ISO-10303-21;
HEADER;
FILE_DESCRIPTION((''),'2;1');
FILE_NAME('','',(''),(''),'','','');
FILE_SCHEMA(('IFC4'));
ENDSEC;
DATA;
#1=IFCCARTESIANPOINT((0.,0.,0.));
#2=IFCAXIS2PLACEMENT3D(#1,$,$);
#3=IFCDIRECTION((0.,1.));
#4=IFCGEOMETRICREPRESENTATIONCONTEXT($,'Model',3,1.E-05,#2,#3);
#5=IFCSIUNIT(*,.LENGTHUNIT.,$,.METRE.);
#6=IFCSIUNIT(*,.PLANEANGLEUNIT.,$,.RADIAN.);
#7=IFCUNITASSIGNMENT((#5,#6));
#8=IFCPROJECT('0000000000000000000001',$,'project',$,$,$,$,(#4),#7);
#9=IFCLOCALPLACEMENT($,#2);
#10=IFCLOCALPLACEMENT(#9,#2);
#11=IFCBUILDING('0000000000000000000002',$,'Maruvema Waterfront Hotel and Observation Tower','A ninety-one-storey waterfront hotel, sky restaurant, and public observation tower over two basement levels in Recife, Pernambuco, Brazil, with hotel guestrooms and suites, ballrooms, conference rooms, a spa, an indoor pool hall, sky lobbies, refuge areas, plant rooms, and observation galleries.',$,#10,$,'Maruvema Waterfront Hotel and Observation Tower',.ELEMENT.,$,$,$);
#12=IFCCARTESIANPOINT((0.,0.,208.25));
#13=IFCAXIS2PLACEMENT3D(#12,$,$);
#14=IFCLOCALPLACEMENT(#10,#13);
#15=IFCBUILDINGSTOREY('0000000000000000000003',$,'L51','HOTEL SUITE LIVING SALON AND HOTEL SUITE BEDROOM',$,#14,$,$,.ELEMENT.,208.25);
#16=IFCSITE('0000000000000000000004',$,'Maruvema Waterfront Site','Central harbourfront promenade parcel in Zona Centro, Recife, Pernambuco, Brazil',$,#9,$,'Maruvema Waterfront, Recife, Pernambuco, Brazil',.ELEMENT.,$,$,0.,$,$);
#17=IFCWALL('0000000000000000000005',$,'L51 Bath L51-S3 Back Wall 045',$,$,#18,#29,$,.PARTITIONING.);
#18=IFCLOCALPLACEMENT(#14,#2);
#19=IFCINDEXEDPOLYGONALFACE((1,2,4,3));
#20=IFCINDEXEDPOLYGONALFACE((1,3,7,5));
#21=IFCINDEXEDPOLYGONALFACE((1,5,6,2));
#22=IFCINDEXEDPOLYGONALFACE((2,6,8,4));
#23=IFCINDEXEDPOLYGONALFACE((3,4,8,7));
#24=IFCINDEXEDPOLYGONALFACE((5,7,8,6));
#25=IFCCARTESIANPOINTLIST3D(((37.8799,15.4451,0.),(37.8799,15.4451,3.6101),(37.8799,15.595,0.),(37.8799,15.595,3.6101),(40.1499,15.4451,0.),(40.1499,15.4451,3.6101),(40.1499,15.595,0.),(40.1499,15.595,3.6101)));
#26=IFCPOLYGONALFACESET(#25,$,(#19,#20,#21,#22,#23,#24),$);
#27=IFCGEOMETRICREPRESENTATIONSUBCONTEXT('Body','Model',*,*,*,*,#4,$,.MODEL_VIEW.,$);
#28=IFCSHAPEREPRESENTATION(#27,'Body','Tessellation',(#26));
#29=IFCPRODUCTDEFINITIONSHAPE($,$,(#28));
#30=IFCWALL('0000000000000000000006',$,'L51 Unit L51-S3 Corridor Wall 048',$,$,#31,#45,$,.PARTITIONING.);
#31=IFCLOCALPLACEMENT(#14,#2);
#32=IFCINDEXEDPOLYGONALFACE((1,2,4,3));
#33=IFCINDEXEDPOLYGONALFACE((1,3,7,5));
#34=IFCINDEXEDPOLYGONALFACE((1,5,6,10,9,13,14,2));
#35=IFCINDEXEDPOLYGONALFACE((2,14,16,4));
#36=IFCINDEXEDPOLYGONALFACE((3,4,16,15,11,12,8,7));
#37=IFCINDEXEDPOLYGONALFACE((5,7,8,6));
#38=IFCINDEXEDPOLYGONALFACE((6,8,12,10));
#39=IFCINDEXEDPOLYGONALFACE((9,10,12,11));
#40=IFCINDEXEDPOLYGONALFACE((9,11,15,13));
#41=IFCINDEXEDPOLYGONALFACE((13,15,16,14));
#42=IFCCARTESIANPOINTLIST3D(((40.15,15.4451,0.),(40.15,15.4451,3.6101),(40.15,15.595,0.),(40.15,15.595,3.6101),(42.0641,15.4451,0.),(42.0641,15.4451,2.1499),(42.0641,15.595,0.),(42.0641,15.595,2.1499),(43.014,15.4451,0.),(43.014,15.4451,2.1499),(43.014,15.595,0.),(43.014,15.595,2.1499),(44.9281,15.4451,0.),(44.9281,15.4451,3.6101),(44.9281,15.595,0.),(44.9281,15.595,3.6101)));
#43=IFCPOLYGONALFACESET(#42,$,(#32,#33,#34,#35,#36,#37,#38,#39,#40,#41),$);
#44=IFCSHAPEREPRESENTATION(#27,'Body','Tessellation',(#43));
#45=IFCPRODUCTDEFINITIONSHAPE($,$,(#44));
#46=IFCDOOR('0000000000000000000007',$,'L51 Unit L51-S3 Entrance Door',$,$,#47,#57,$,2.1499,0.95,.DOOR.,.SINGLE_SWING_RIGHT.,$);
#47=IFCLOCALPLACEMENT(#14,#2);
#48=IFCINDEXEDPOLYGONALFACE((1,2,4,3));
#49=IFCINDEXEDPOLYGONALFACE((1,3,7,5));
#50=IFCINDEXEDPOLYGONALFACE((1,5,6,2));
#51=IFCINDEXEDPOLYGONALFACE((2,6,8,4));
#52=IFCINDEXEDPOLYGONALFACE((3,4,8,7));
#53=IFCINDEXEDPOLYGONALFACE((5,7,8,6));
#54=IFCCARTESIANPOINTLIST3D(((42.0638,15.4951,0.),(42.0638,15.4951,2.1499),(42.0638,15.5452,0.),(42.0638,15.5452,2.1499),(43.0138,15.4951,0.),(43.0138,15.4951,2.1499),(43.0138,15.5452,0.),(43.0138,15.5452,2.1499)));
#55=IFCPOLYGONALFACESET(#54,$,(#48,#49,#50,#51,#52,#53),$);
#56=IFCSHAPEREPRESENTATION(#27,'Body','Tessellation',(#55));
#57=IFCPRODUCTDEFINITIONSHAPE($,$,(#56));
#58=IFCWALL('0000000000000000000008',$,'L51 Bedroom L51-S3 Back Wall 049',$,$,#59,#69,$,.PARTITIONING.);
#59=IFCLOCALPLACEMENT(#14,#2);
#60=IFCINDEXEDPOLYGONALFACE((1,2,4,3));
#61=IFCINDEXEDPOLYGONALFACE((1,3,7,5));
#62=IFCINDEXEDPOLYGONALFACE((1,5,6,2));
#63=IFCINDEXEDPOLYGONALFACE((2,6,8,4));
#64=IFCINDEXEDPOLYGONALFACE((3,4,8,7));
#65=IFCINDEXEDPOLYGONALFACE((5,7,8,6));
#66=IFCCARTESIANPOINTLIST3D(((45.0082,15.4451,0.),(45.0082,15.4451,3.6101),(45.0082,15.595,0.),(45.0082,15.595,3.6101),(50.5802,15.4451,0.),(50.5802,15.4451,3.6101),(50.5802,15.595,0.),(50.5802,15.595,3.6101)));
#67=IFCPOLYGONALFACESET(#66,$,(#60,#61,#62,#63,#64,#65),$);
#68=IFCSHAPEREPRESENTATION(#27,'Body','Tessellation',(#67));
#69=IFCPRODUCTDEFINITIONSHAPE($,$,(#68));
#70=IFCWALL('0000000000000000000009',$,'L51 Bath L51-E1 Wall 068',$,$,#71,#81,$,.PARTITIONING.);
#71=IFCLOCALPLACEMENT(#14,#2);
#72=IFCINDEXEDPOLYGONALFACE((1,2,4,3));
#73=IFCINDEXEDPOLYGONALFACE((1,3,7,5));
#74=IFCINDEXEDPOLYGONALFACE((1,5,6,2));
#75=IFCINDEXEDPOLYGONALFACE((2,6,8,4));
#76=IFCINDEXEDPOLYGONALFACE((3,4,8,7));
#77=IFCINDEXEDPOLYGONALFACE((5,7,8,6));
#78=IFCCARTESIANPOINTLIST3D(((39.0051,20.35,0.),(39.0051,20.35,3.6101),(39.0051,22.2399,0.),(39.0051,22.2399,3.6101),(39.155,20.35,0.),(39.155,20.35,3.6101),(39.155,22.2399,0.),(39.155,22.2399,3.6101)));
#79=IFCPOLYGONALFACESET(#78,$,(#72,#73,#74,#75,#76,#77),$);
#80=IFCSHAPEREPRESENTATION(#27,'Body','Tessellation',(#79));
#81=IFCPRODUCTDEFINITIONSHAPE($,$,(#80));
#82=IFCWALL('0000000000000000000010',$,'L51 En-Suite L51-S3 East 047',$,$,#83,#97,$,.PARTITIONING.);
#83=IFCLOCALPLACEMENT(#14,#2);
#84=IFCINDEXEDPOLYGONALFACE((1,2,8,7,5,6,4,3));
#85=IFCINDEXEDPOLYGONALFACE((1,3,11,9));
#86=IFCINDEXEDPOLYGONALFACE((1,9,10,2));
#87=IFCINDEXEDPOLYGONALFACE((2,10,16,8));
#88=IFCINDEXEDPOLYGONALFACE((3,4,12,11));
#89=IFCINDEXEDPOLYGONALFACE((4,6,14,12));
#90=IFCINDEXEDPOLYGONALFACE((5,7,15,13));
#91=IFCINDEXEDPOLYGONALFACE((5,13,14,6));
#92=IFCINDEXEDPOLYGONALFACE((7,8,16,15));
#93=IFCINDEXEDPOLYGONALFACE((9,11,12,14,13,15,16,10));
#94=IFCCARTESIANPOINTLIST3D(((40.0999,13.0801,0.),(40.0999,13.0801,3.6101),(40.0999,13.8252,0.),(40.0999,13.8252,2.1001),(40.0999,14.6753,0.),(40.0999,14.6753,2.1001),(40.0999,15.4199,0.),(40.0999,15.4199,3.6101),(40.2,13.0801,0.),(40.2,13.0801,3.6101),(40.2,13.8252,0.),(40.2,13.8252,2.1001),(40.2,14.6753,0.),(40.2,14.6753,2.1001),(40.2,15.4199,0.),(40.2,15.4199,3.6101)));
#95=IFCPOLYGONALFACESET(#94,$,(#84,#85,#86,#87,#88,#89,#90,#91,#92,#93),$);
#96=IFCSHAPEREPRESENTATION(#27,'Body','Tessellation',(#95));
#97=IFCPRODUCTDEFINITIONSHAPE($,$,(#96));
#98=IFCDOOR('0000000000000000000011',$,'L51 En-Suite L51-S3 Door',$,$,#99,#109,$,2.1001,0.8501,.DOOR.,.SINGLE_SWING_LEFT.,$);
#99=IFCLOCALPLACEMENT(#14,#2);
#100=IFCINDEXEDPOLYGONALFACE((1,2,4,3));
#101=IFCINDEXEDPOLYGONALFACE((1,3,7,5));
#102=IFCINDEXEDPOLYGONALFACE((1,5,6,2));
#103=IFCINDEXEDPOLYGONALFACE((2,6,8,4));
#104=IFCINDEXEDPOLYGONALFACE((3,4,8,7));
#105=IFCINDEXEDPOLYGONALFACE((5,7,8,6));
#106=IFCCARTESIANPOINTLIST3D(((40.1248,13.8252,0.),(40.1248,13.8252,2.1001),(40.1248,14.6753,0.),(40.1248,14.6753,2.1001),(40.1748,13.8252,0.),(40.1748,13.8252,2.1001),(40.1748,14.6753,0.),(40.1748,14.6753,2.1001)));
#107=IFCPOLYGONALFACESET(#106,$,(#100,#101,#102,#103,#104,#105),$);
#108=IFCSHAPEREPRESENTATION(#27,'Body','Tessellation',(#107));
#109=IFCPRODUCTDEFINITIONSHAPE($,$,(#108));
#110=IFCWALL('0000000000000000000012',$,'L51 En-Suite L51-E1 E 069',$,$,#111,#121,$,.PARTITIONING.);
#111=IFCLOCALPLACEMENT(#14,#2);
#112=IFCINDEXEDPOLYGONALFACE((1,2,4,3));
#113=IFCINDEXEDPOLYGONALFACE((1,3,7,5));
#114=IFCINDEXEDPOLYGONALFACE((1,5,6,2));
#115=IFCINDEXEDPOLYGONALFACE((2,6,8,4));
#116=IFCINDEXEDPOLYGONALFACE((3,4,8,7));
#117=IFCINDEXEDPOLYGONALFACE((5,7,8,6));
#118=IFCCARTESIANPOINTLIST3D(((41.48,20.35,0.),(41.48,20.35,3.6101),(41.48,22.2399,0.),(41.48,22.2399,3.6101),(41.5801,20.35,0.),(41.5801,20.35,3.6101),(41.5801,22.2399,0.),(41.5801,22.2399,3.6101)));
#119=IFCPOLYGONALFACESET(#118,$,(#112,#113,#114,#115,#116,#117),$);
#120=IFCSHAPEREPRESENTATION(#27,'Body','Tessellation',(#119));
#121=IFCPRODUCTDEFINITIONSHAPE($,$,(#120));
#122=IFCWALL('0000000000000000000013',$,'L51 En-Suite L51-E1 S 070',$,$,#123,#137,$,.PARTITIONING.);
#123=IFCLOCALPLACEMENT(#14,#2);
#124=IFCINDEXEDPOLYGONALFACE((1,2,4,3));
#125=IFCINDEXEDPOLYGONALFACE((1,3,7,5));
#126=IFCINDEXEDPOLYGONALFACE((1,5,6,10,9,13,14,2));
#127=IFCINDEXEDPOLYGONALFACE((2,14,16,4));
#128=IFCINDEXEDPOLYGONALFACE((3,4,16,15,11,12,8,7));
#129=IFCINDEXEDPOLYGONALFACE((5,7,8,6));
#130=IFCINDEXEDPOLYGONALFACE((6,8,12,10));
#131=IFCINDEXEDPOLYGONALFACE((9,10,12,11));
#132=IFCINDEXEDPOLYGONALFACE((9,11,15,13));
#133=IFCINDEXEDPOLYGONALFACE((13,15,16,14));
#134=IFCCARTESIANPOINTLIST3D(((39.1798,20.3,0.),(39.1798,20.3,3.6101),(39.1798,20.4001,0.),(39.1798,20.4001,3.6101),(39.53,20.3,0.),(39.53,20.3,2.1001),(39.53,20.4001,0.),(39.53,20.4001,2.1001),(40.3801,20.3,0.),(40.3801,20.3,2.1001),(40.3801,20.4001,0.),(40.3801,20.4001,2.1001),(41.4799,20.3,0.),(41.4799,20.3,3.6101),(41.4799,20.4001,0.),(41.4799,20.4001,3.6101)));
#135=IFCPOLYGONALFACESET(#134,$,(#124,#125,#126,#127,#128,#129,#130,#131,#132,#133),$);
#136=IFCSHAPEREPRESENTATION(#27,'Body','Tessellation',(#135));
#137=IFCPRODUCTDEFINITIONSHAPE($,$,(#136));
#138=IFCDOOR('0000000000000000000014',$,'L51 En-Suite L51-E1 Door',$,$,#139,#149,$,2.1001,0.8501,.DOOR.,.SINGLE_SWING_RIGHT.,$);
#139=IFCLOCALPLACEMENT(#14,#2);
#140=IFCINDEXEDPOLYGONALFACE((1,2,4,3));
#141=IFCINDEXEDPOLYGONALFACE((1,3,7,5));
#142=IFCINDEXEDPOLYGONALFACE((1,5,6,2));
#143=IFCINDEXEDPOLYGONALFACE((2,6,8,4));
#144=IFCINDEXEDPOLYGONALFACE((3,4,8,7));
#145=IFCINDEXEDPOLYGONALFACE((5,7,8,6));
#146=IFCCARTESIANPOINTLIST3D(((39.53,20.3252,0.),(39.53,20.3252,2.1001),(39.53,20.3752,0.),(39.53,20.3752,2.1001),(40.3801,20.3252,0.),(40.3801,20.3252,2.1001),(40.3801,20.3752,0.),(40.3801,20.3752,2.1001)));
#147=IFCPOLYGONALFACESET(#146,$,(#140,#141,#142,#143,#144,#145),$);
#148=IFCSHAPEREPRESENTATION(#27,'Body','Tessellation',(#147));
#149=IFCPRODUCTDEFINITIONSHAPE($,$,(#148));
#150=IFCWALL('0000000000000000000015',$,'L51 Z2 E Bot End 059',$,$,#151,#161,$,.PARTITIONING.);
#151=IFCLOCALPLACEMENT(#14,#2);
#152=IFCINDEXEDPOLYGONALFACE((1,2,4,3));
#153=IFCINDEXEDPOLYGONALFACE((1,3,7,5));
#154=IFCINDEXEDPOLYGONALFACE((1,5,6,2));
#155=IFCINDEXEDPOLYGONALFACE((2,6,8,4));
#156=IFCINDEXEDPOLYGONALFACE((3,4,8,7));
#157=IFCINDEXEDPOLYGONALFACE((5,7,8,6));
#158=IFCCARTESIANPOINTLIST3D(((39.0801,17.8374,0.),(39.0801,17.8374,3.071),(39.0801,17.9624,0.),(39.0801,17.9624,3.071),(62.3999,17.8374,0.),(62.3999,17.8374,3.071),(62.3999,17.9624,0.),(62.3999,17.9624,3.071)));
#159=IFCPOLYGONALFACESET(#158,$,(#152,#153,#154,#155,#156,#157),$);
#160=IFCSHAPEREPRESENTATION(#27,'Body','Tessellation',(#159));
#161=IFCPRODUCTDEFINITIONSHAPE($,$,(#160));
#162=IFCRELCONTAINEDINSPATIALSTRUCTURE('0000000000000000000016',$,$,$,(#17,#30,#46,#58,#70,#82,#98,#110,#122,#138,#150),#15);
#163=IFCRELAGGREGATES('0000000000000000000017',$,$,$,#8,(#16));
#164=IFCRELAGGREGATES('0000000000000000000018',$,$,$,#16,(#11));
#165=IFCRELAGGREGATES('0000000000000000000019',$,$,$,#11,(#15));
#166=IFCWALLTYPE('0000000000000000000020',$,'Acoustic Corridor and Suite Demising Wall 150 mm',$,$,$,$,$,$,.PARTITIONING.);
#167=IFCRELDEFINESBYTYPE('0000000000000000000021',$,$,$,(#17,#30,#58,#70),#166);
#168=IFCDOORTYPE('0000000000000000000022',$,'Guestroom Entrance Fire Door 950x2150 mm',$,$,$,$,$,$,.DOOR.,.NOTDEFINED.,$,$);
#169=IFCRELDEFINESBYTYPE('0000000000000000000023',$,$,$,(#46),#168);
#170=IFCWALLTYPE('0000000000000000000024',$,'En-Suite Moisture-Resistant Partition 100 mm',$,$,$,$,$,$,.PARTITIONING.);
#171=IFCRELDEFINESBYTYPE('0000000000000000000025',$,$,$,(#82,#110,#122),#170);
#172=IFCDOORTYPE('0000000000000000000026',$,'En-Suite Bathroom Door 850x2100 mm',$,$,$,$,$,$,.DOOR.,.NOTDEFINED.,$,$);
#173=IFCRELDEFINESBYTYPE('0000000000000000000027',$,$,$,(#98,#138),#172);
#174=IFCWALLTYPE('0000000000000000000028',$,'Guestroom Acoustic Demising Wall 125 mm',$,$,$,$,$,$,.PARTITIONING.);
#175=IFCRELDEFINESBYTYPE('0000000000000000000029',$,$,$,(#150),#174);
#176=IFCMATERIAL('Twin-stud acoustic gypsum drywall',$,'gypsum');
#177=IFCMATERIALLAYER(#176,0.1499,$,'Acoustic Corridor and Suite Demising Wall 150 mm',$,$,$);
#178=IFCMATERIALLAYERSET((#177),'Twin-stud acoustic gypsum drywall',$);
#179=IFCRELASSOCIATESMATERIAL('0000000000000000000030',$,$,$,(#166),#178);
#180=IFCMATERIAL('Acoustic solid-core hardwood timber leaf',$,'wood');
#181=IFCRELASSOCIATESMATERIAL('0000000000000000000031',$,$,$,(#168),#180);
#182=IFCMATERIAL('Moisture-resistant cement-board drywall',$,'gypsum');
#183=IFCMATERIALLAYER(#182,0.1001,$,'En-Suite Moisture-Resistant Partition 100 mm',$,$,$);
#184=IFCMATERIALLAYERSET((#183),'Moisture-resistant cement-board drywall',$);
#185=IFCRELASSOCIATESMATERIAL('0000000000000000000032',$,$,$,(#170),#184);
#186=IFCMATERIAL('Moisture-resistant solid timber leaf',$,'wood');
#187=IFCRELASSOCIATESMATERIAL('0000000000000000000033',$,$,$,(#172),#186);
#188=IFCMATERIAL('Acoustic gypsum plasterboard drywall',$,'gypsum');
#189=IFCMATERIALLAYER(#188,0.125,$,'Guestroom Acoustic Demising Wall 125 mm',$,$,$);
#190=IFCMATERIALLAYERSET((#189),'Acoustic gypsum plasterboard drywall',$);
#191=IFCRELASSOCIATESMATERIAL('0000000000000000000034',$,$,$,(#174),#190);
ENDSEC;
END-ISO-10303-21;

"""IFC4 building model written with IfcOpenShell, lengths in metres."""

from ifc_helpers import new_model, si_unit, direction, frame, frame_2d, origin, place, context, subcontext, project, spatial, rectangle, extrude, material, layer, layer_set, type_object, element, fill, save


model = new_model("IFC4")

# Units and contexts
model_context = context("Model", 3, precision=1e-05, world=origin(), true_north=direction((0.0, 1.0)))
body_context = subcontext(model_context, "Body", "Model", "MODEL_VIEW")
ifc_project = project(units=[si_unit("LENGTHUNIT", "METRE"), si_unit("PLANEANGLEUNIT", "RADIAN")], contexts=[model_context])

# Site, building, storey
site_placement = place(None, origin())
site = spatial("IfcSite", under=ifc_project, at=site_placement, Name="Maruvema Waterfront Site", Description="Central harbourfront promenade parcel in Zona Centro, Recife, Pernambuco, Brazil", LongName="Maruvema Waterfront, Recife, Pernambuco, Brazil", CompositionType="ELEMENT", RefElevation=0.0)
building_placement = place(site_placement, origin())
building = spatial("IfcBuilding", under=site, at=building_placement, Name="Maruvema Waterfront Hotel and Observation Tower", Description="A ninety-one-storey waterfront hotel, sky restaurant, and public observation tower over two basement levels in Recife, Pernambuco, Brazil, with hotel guestrooms and suites, ballrooms, conference rooms, a spa, an indoor pool hall, sky lobbies, refuge areas, plant rooms, and observation galleries.", LongName="Maruvema Waterfront Hotel and Observation Tower", CompositionType="ELEMENT")
storey_placement = place(building_placement, frame((0.0, 0.0, 208.25)))
storey = spatial("IfcBuildingStorey", under=building, at=storey_placement, Name="L51", Description="HOTEL SUITE LIVING SALON AND HOTEL SUITE BEDROOM", CompositionType="ELEMENT", Elevation=208.25)

# Wall
ifc_material_1 = material(Name="Twin-stud acoustic gypsum drywall", Category="gypsum")
ifc_layer_1 = layer(ifc_material_1, 0.1499, Name="Acoustic Corridor and Suite Demising Wall 150 mm")
ifc_layer_set_1 = layer_set([ifc_layer_1], Name="Twin-stud acoustic gypsum drywall")
wall_type_1 = type_object("IfcWallType", Name="Acoustic Corridor and Suite Demising Wall 150 mm", PredefinedType="PARTITIONING", material=ifc_layer_set_1)
wall_1_placement = place(storey_placement, frame((37.8799, 15.52, 0.0), z_axis=(0.0, 0.0, 1.0), x_axis=(1.0, 0.0, 0.0)))
element("IfcWall", 1, at=wall_1_placement, inside=storey, type_object=wall_type_1, Name="L51 Bath L51-S3 Back Wall 045", PredefinedType="PARTITIONING", context=body_context, shape_type="SweptSolid", body=[
    extrude(rectangle(XDim=2.27, YDim=0.1499, at=frame_2d((1.135, 0.0))), origin(), (0.0, 0.0, 1.0), 3.6101),
])

# Wall, opening, door
wall_2_placement = place(storey_placement, frame((40.1499, 15.52, 0.0), z_axis=(0.0, 0.0, 1.0), x_axis=(1.0, 0.0, 0.0)))
wall_2 = element("IfcWall", 2, at=wall_2_placement, inside=storey, type_object=wall_type_1, Name="L51 Unit L51-S3 Corridor Wall 048", PredefinedType="PARTITIONING", context=body_context, shape_type="SweptSolid", body=[
    extrude(rectangle(XDim=4.7781, YDim=0.1499, at=frame_2d((2.3892, 0.0))), origin(), (0.0, 0.0, 1.0), 3.6101),
])
opening_1_placement = place(wall_2_placement, frame((1.9141, 0.0, 0.0)))
opening_1 = element("IfcOpeningElement", 3, at=opening_1_placement, cuts=wall_2, PredefinedType="OPENING", context=body_context, shape_type="SweptSolid", body=[
    extrude(rectangle(XDim=0.95, YDim=2.1499, at=frame_2d((0.4751, 1.075))), frame((0.0, 0.085, 0.0), z_axis=(0.0, -1.0, 0.0), x_axis=(1.0, 0.0, 0.0)), (0.0, 0.0, 1.0), 0.1699),
])
ifc_material_2 = material(Name="Acoustic solid-core hardwood timber leaf", Category="wood")
door_type_1 = type_object("IfcDoorType", Name="Guestroom Entrance Fire Door 950x2150 mm", OperationType="NOTDEFINED", PredefinedType="DOOR", material=ifc_material_2)
door_1_placement = place(opening_1_placement, frame((0.95, 0.0, 0.0), z_axis=(0.0, 0.0, 1.0), x_axis=(-1.0, 0.0, 0.0)))
door_1 = element("IfcDoor", 4, at=door_1_placement, inside=storey, type_object=door_type_1, Name="L51 Unit L51-S3 Entrance Door", OperationType="SINGLE_SWING_RIGHT", OverallHeight=2.1499, OverallWidth=0.95, PredefinedType="DOOR", context=body_context, shape_type="SweptSolid", body=[
    extrude(rectangle(XDim=0.95, YDim=2.1499, at=frame_2d((0.4751, 1.075))), frame((0.0, 0.0249, 0.0), z_axis=(0.0, -1.0, 0.0), x_axis=(1.0, 0.0, 0.0)), (0.0, 0.0, 1.0), 0.05),
])
fill(opening_1, door_1)

# Wall
wall_3_placement = place(storey_placement, frame((45.0081, 15.52, 0.0), z_axis=(0.0, 0.0, 1.0), x_axis=(1.0, 0.0, 0.0)))
element("IfcWall", 5, at=wall_3_placement, inside=storey, type_object=wall_type_1, Name="L51 Bedroom L51-S3 Back Wall 049", PredefinedType="PARTITIONING", context=body_context, shape_type="SweptSolid", body=[
    extrude(rectangle(XDim=5.572, YDim=0.1499, at=frame_2d((2.7861, 0.0))), origin(), (0.0, 0.0, 1.0), 3.6101),
])

# Wall
wall_4_placement = place(storey_placement, frame((39.0801, 20.3501, 0.0), z_axis=(0.0, 0.0, 1.0), x_axis=(0.0, 1.0, 0.0)))
element("IfcWall", 6, at=wall_4_placement, inside=storey, type_object=wall_type_1, Name="L51 Bath L51-E1 Wall 068", PredefinedType="PARTITIONING", context=body_context, shape_type="SweptSolid", body=[
    extrude(rectangle(XDim=1.8899, YDim=0.1499, at=frame_2d((0.9448, 0.0))), origin(), (0.0, 0.0, 1.0), 3.6101),
])

# Wall, opening, door
ifc_material_3 = material(Name="Moisture-resistant cement-board drywall", Category="gypsum")
ifc_layer_2 = layer(ifc_material_3, 0.1001, Name="En-Suite Moisture-Resistant Partition 100 mm")
ifc_layer_set_2 = layer_set([ifc_layer_2], Name="Moisture-resistant cement-board drywall")
wall_type_2 = type_object("IfcWallType", Name="En-Suite Moisture-Resistant Partition 100 mm", PredefinedType="PARTITIONING", material=ifc_layer_set_2)
wall_5_placement = place(storey_placement, frame((40.1499, 13.0801, 0.0), z_axis=(0.0, 0.0, 1.0), x_axis=(0.0, 1.0, 0.0)))
wall_5 = element("IfcWall", 7, at=wall_5_placement, inside=storey, type_object=wall_type_2, Name="L51 En-Suite L51-S3 East 047", PredefinedType="PARTITIONING", context=body_context, shape_type="SweptSolid", body=[
    extrude(rectangle(XDim=2.3398, YDim=0.1001, at=frame_2d((1.1699, 0.0))), origin(), (0.0, 0.0, 1.0), 3.6101),
])
opening_2_placement = place(wall_5_placement, frame((0.7451, 0.0, 0.0)))
opening_2 = element("IfcOpeningElement", 8, at=opening_2_placement, cuts=wall_5, PredefinedType="OPENING", context=body_context, shape_type="SweptSolid", body=[
    extrude(rectangle(XDim=0.8501, YDim=2.1001, at=frame_2d((0.425, 1.05))), frame((0.0, 0.0601, 0.0), z_axis=(0.0, -1.0, 0.0), x_axis=(1.0, 0.0, 0.0)), (0.0, 0.0, 1.0), 0.1201),
])
ifc_material_4 = material(Name="Moisture-resistant solid timber leaf", Category="wood")
door_type_2 = type_object("IfcDoorType", Name="En-Suite Bathroom Door 850x2100 mm", OperationType="NOTDEFINED", PredefinedType="DOOR", material=ifc_material_4)
door_2_placement = place(opening_2_placement, frame((0.8501, 0.0, 0.0), z_axis=(0.0, 0.0, 1.0), x_axis=(-1.0, 0.0, 0.0)))
door_2 = element("IfcDoor", 9, at=door_2_placement, inside=storey, type_object=door_type_2, Name="L51 En-Suite L51-S3 Door", OperationType="SINGLE_SWING_LEFT", OverallHeight=2.1001, OverallWidth=0.8501, PredefinedType="DOOR", context=body_context, shape_type="SweptSolid", body=[
    extrude(rectangle(XDim=0.8501, YDim=2.1001, at=frame_2d((0.425, 1.05))), frame((0.0, 0.0249, 0.0), z_axis=(0.0, -1.0, 0.0), x_axis=(1.0, 0.0, 0.0)), (0.0, 0.0, 1.0), 0.05),
])
fill(opening_2, door_2)

# Wall
wall_6_placement = place(storey_placement, frame((41.53, 20.3501, 0.0), z_axis=(0.0, 0.0, 1.0), x_axis=(0.0, 1.0, 0.0)))
element("IfcWall", 10, at=wall_6_placement, inside=storey, type_object=wall_type_2, Name="L51 En-Suite L51-E1 E 069", PredefinedType="PARTITIONING", context=body_context, shape_type="SweptSolid", body=[
    extrude(rectangle(XDim=1.8899, YDim=0.1001, at=frame_2d((0.9448, 0.0))), origin(), (0.0, 0.0, 1.0), 3.6101),
])

# Wall, opening, door
wall_7_placement = place(storey_placement, frame((39.1799, 20.3501, 0.0), z_axis=(0.0, 0.0, 1.0), x_axis=(1.0, 0.0, 0.0)))
wall_7 = element("IfcWall", 11, at=wall_7_placement, inside=storey, type_object=wall_type_2, Name="L51 En-Suite L51-E1 S 070", PredefinedType="PARTITIONING", context=body_context, shape_type="SweptSolid", body=[
    extrude(rectangle(XDim=2.3, YDim=0.1001, at=frame_2d((1.1499, 0.0))), origin(), (0.0, 0.0, 1.0), 3.6101),
])
opening_3_placement = place(wall_7_placement, frame((0.3501, 0.0, 0.0)))
opening_3 = element("IfcOpeningElement", 12, at=opening_3_placement, cuts=wall_7, PredefinedType="OPENING", context=body_context, shape_type="SweptSolid", body=[
    extrude(rectangle(XDim=0.8501, YDim=2.1001, at=frame_2d((0.425, 1.05))), frame((0.0, 0.0601, 0.0), z_axis=(0.0, -1.0, 0.0), x_axis=(1.0, 0.0, 0.0)), (0.0, 0.0, 1.0), 0.1201),
])
door_3_placement = place(opening_3_placement, frame((0.8501, 0.0, 0.0), z_axis=(0.0, 0.0, 1.0), x_axis=(-1.0, 0.0, 0.0)))
door_3 = element("IfcDoor", 13, at=door_3_placement, inside=storey, type_object=door_type_2, Name="L51 En-Suite L51-E1 Door", OperationType="SINGLE_SWING_RIGHT", OverallHeight=2.1001, OverallWidth=0.8501, PredefinedType="DOOR", context=body_context, shape_type="SweptSolid", body=[
    extrude(rectangle(XDim=0.8501, YDim=2.1001, at=frame_2d((0.425, 1.05))), frame((0.0, 0.0249, 0.0), z_axis=(0.0, -1.0, 0.0), x_axis=(1.0, 0.0, 0.0)), (0.0, 0.0, 1.0), 0.05),
])
fill(opening_3, door_3)

# Wall
ifc_material_5 = material(Name="Acoustic gypsum plasterboard drywall", Category="gypsum")
ifc_layer_3 = layer(ifc_material_5, 0.125, Name="Guestroom Acoustic Demising Wall 125 mm")
ifc_layer_set_3 = layer_set([ifc_layer_3], Name="Acoustic gypsum plasterboard drywall")
wall_type_3 = type_object("IfcWallType", Name="Guestroom Acoustic Demising Wall 125 mm", PredefinedType="PARTITIONING", material=ifc_layer_set_3)
wall_8_placement = place(storey_placement, frame((39.0801, 17.8999, 0.0), z_axis=(0.0, 0.0, 1.0), x_axis=(1.0, 0.0, 0.0)))
element("IfcWall", 14, at=wall_8_placement, inside=storey, type_object=wall_type_3, Name="L51 Z2 E Bot End 059", PredefinedType="PARTITIONING", context=body_context, shape_type="SweptSolid", body=[
    extrude(rectangle(XDim=23.3198, YDim=0.125, at=frame_2d((11.6599, 0.0))), origin(), (0.0, 0.0, 1.0), 3.071),
])

save(model, "model.ifc")
